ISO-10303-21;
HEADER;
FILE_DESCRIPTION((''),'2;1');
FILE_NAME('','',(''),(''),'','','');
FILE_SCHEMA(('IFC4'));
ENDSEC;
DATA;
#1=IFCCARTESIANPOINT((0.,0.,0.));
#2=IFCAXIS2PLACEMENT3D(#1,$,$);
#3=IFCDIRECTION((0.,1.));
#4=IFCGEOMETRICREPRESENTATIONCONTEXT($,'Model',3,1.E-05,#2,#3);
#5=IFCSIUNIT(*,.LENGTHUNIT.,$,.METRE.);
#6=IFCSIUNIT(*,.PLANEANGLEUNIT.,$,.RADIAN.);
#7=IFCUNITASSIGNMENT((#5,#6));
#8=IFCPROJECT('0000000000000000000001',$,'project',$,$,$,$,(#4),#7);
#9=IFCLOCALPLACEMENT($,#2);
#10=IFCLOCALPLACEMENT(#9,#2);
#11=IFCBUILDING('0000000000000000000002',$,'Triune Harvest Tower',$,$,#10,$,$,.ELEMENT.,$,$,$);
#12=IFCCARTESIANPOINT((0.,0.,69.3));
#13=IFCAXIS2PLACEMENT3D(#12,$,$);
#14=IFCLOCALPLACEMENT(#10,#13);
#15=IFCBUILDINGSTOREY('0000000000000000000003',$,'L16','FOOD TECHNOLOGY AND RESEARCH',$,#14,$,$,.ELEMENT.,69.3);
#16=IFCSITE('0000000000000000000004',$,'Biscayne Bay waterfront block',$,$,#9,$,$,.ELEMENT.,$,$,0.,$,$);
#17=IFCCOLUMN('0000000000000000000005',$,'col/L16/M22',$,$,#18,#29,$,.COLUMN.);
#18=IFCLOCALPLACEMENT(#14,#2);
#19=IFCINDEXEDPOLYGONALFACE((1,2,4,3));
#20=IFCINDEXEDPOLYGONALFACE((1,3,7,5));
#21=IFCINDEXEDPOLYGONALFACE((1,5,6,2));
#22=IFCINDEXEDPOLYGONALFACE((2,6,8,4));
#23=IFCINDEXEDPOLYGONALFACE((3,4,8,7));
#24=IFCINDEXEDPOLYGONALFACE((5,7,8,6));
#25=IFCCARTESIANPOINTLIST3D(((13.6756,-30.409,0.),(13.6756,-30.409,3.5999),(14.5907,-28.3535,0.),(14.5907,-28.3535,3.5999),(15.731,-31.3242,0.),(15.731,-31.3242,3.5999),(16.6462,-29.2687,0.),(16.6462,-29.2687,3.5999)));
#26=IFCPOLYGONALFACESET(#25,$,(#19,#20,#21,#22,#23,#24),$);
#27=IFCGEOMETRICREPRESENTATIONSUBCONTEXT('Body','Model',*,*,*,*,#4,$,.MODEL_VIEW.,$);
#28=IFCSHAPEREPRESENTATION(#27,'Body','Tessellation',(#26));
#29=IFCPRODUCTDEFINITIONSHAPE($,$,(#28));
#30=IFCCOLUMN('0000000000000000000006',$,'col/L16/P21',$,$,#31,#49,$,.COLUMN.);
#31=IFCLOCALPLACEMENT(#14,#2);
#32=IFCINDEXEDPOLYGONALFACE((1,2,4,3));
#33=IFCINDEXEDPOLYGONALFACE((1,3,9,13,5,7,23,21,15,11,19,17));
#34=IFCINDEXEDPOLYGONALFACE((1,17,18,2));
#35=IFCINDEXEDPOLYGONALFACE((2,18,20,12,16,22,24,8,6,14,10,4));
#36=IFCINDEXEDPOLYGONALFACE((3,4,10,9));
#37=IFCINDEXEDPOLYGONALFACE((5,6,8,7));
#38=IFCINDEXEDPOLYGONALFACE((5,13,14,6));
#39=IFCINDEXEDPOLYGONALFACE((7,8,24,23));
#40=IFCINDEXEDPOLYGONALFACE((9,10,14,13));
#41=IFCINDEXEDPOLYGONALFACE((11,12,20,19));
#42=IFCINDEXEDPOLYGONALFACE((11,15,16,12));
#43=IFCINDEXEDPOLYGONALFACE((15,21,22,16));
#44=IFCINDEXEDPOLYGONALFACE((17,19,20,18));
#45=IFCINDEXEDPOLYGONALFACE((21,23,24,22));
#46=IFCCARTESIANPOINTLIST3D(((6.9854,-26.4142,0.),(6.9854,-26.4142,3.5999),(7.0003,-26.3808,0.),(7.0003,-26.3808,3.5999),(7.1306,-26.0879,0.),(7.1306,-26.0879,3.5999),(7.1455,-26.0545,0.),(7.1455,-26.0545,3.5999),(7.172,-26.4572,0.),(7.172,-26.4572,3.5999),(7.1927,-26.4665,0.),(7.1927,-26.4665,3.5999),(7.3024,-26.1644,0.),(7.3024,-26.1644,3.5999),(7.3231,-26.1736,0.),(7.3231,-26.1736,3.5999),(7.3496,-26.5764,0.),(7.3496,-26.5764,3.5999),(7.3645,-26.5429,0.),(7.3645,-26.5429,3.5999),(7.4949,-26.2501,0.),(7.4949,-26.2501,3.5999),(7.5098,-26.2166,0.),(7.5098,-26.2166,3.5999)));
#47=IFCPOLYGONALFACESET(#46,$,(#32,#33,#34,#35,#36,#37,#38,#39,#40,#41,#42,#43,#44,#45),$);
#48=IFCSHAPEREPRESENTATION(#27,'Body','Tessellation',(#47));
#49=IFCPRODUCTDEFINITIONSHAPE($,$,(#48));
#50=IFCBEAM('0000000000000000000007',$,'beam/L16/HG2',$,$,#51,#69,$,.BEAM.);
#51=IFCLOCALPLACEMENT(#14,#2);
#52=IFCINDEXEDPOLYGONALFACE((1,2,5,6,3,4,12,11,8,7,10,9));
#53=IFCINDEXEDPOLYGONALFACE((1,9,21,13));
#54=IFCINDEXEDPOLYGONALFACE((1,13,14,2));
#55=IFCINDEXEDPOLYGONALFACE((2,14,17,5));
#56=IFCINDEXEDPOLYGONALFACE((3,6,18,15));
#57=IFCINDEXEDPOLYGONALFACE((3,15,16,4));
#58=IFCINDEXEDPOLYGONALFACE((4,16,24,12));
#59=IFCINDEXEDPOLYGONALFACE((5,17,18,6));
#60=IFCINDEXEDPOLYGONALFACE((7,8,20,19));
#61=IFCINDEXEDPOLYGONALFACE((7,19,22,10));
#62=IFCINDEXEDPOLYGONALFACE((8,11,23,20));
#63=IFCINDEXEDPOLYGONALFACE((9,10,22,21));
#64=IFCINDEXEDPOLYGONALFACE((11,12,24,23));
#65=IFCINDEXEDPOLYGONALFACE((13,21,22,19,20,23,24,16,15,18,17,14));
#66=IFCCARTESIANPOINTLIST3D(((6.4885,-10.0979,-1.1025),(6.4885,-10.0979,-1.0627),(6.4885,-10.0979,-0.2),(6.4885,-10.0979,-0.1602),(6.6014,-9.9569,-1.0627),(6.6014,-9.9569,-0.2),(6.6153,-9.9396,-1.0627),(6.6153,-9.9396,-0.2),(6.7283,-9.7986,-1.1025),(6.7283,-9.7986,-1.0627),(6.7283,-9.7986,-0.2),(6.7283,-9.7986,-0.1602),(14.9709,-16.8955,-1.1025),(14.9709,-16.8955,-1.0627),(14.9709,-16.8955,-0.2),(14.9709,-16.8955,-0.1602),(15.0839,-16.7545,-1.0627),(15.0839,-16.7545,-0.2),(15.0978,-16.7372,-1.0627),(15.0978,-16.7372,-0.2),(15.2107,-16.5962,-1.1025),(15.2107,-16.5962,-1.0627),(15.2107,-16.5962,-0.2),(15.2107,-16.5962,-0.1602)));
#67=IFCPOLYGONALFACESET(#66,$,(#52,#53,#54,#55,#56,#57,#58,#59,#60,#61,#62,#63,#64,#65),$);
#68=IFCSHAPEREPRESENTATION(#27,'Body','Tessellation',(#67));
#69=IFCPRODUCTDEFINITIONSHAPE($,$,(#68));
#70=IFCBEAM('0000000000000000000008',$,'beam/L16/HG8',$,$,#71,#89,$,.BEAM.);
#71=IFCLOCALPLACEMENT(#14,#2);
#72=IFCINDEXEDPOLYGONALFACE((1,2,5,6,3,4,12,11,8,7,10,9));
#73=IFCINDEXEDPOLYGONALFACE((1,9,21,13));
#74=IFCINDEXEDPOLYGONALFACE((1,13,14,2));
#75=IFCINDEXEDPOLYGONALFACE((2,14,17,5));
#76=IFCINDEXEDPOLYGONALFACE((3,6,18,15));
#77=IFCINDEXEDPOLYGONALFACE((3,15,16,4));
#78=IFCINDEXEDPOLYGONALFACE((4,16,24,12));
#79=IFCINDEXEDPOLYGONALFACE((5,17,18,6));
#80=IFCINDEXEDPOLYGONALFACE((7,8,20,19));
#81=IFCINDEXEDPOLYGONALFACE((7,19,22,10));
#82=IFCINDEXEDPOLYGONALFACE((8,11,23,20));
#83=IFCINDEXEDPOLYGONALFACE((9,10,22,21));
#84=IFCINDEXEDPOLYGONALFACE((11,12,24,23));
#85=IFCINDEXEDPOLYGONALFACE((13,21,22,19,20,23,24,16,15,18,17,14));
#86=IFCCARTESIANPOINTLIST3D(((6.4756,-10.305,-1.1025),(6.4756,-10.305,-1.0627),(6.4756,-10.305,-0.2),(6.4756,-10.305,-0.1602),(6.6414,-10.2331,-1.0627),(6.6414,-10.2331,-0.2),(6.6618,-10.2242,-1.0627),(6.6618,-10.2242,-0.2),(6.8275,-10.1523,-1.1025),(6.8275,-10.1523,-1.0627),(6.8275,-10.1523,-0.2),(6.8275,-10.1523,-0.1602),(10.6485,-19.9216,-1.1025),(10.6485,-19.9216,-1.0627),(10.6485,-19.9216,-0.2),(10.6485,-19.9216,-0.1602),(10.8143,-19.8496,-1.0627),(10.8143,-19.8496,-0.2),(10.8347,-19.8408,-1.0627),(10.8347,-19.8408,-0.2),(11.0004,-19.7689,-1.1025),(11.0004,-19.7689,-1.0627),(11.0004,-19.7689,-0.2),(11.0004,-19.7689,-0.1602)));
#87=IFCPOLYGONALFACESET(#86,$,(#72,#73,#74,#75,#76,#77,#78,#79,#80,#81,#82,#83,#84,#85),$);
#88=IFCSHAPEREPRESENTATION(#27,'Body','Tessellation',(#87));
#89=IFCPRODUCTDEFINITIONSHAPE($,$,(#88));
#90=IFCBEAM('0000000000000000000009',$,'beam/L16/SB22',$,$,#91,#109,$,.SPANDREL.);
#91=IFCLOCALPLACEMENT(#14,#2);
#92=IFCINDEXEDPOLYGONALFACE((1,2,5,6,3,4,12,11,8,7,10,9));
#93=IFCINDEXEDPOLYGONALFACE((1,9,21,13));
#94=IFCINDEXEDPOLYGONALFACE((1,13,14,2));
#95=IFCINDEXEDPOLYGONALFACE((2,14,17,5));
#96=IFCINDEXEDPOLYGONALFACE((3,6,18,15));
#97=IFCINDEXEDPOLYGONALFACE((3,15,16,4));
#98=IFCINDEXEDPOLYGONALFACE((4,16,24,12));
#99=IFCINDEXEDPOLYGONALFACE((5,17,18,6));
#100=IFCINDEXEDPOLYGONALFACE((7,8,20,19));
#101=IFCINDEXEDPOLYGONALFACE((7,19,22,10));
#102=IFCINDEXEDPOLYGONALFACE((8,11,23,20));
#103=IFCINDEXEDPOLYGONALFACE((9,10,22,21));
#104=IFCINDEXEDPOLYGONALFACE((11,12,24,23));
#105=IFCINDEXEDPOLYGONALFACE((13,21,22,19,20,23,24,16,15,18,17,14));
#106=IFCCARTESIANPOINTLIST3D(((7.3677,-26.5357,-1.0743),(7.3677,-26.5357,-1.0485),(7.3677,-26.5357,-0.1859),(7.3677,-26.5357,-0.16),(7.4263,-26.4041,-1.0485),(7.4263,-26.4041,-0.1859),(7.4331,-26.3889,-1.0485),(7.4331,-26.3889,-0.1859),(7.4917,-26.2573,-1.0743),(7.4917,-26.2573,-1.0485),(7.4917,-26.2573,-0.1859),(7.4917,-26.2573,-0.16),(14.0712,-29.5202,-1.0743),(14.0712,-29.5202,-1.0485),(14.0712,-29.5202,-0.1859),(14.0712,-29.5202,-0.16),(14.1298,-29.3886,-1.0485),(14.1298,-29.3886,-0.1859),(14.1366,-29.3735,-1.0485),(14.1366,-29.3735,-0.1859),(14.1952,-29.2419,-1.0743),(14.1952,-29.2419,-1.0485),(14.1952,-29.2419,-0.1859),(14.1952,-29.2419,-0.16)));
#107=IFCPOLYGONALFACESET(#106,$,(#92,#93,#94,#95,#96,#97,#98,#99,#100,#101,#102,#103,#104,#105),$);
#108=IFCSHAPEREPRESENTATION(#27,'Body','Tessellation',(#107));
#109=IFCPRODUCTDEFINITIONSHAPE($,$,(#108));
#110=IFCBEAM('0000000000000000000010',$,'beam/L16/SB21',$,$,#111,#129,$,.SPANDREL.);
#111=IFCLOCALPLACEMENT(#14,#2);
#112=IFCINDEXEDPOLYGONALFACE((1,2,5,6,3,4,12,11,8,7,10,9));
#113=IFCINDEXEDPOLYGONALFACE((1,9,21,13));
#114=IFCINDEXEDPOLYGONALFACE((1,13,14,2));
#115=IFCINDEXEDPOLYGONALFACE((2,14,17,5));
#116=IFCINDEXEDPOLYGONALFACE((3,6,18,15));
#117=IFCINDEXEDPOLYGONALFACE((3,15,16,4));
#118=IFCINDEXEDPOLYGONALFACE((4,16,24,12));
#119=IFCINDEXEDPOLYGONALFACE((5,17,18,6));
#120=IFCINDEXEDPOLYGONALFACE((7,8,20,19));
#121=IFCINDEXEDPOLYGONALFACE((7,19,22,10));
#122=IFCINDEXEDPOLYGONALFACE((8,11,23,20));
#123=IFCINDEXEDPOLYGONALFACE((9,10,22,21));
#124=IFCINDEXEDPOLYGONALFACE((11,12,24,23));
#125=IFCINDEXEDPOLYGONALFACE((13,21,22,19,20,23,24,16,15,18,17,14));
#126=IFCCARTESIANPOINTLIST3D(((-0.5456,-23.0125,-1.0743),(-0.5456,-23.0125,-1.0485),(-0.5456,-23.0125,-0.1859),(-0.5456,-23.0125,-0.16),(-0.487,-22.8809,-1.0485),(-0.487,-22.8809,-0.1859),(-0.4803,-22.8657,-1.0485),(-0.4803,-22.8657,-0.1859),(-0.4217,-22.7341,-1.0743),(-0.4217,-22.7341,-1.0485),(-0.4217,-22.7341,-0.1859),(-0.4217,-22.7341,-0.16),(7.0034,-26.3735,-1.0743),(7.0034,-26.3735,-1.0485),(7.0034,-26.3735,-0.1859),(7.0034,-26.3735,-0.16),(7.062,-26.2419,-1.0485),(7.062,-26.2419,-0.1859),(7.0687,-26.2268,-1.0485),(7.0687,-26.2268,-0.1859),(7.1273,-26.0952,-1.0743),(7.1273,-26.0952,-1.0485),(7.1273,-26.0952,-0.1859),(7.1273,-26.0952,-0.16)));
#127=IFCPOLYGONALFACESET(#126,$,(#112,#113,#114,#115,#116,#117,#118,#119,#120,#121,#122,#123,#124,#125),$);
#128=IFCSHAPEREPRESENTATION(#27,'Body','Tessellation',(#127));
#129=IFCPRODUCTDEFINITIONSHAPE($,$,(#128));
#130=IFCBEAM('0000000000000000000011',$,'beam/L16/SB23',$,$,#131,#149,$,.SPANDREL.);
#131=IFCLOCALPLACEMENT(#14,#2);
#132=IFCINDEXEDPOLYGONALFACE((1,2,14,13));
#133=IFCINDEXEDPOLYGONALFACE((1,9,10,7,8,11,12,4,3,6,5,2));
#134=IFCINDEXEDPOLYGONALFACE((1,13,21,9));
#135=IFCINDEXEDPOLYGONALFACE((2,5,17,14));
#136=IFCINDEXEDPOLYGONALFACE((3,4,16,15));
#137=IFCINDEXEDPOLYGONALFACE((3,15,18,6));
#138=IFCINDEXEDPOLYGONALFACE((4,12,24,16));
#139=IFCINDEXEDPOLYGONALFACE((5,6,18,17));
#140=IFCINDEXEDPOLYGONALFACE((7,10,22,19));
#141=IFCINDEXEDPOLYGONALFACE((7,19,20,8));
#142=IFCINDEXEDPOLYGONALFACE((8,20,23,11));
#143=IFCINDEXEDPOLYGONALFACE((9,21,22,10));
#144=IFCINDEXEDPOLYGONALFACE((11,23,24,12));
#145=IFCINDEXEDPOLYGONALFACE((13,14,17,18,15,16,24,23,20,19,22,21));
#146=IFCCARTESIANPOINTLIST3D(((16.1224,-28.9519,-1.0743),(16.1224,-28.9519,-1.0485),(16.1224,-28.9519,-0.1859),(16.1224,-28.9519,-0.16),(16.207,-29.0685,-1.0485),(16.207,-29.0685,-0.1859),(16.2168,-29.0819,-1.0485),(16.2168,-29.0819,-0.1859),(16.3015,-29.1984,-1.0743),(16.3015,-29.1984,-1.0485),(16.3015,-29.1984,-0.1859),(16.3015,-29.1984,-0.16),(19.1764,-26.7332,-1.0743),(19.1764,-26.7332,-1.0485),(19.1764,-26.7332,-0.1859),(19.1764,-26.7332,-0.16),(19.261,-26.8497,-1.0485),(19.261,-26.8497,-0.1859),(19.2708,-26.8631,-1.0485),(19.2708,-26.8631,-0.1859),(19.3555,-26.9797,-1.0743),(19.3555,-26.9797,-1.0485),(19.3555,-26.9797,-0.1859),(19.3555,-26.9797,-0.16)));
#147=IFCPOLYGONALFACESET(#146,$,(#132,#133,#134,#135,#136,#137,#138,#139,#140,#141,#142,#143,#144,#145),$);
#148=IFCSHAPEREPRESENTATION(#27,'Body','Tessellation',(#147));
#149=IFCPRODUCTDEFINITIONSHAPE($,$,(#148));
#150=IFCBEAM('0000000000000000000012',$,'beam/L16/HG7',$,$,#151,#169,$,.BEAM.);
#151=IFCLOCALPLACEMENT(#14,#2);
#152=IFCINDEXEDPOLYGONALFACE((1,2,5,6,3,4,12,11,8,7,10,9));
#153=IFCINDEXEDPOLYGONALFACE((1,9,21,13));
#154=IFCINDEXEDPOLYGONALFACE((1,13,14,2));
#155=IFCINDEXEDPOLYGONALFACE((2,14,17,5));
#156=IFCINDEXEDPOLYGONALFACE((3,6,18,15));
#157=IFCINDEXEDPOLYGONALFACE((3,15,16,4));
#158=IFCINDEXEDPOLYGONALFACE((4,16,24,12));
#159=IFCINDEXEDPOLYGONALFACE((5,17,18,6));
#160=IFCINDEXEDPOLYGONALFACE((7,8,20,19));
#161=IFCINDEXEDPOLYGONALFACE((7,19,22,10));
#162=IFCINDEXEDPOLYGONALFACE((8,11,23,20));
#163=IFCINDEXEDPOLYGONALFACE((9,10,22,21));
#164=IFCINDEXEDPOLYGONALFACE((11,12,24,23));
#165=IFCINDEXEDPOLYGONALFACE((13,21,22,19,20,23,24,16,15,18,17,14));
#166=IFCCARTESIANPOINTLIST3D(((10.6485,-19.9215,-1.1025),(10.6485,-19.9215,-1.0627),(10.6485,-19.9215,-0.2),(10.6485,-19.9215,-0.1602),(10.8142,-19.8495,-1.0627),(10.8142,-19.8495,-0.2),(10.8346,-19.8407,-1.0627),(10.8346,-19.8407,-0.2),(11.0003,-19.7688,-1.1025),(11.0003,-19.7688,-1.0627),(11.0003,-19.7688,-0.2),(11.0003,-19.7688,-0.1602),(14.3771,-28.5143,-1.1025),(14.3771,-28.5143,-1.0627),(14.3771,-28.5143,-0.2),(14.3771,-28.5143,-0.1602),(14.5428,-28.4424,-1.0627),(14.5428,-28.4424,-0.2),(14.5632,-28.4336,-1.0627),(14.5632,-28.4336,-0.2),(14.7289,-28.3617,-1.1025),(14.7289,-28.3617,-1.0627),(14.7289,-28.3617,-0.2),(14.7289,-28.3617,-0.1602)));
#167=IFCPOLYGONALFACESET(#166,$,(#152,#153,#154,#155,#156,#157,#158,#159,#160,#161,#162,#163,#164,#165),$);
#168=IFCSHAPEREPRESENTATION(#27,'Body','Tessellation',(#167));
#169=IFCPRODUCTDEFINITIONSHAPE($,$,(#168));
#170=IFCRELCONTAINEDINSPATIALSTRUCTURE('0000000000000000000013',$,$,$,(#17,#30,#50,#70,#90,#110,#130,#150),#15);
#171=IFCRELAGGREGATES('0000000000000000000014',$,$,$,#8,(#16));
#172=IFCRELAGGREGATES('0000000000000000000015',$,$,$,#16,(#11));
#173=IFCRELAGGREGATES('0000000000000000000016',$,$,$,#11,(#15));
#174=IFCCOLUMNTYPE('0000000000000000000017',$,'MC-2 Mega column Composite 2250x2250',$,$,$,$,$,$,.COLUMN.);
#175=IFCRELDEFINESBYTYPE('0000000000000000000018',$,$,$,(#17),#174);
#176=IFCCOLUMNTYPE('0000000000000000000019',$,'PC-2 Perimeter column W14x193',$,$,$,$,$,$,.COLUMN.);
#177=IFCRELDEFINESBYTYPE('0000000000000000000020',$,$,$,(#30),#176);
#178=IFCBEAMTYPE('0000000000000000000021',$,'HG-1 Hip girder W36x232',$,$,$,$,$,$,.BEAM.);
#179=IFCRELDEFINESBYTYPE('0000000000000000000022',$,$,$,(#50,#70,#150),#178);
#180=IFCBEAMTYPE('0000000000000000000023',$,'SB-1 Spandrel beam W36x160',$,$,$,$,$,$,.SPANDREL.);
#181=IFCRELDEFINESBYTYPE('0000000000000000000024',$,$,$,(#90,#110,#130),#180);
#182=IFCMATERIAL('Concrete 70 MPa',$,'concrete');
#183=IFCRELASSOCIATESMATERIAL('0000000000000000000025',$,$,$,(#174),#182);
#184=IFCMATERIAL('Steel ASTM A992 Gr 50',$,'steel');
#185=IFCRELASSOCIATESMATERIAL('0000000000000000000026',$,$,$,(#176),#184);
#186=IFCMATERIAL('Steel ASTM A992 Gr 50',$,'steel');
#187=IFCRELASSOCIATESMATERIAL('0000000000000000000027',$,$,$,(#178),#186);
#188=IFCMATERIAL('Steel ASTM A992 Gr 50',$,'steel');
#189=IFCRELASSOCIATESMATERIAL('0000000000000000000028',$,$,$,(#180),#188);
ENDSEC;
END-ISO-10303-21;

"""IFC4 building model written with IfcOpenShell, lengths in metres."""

from ifc_helpers import new_model, si_unit, direction, frame, origin, origin_2d, place, context, subcontext, project, spatial, rectangle, i_section, extrude, source, transform, mapped, material, material_profile, profile_set, type_object, element, save


model = new_model("IFC4")

# Units and contexts
model_context = context("Model", 3, precision=1e-05, world=origin(), true_north=direction((0.0, 1.0)))
body_context = subcontext(model_context, "Body", "Model", "MODEL_VIEW")
ifc_project = project(units=[si_unit("LENGTHUNIT", "METRE"), si_unit("PLANEANGLEUNIT", "RADIAN")], contexts=[model_context])

# Site, building, storey
site_placement = place(None, origin())
site = spatial("IfcSite", under=ifc_project, at=site_placement, Name="Biscayne Bay waterfront block", CompositionType="ELEMENT", RefElevation=0.0)
building_placement = place(site_placement, origin())
building = spatial("IfcBuilding", under=site, at=building_placement, Name="Triune Harvest Tower", CompositionType="ELEMENT")
storey_placement = place(building_placement, frame((0.0, 0.0, 69.3)))
storey = spatial("IfcBuildingStorey", under=building, at=storey_placement, Name="L16", Description="FOOD TECHNOLOGY AND RESEARCH", CompositionType="ELEMENT", Elevation=69.3)

# Columns
ifc_material_1 = material(Name="Concrete 70 MPa", Category="concrete")
ifc_material_profile_1 = material_profile(ifc_material_1, rectangle(XDim=2.25, YDim=2.25, at=origin_2d()), Name="Composite 2250x2250")
ifc_profile_set_1 = profile_set([ifc_material_profile_1], Name="Concrete 70 MPa")
column_type_1 = type_object("IfcColumnType", Name="MC-2 Mega column Composite 2250x2250", PredefinedType="COLUMN", material=ifc_profile_set_1)
shared_shape_1 = source(origin(), body_context, "Body", "SweptSolid", [
    extrude(rectangle(XDim=2.25, YDim=2.25, at=origin_2d()), origin(), (0.0, 0.0, 1.0), 3.5999),
])
column_1_placement = place(storey_placement, frame((15.1609, -29.8389, 0.0), z_axis=(0.0, 0.0, 1.0), x_axis=(0.913545, -0.406737, 0.0)))
element("IfcColumn", 1, at=column_1_placement, inside=storey, type_object=column_type_1, Name="col/L16/M22", PredefinedType="COLUMN", context=body_context, shape_type="MappedRepresentation", body=[
    mapped(shared_shape_1, transform((0.0, 0.0, 0.0), scale=1.0)),
])
ifc_material_2 = material(Name="Steel ASTM A992 Gr 50", Category="steel")
ifc_material_profile_2 = material_profile(ifc_material_2, i_section(OverallWidth=0.3987, OverallDepth=0.3938, WebThickness=0.0227, FlangeThickness=0.0366, at=origin_2d()), Name="W14x193")
ifc_profile_set_2 = profile_set([ifc_material_profile_2], Name="Steel ASTM A992 Gr 50")
column_type_2 = type_object("IfcColumnType", Name="PC-2 Perimeter column W14x193", PredefinedType="COLUMN", material=ifc_profile_set_2)
shared_shape_2 = source(origin(), body_context, "Body", "SweptSolid", [
    extrude(i_section(OverallWidth=0.3987, OverallDepth=0.3938, WebThickness=0.0227, FlangeThickness=0.0366, at=origin_2d()), origin(), (0.0, 0.0, 1.0), 3.5999),
])
column_2_placement = place(storey_placement, frame((7.2476, -26.3154, 0.0), z_axis=(0.0, 0.0, 1.0), x_axis=(0.913545, -0.406737, 0.0)))
element("IfcColumn", 2, at=column_2_placement, inside=storey, type_object=column_type_2, Name="col/L16/P21", PredefinedType="COLUMN", context=body_context, shape_type="MappedRepresentation", body=[
    mapped(shared_shape_2, transform((0.0, 0.0, 0.0), scale=1.0)),
])

# Beams
ifc_material_3 = material(Name="Steel ASTM A992 Gr 50", Category="steel")
ifc_material_profile_3 = material_profile(ifc_material_3, i_section(OverallWidth=0.3835, OverallDepth=0.9424, WebThickness=0.0222, FlangeThickness=0.0398, at=origin_2d()), Name="W36x232")
ifc_profile_set_3 = profile_set([ifc_material_profile_3], Name="Steel ASTM A992 Gr 50")
beam_type_1 = type_object("IfcBeamType", Name="HG-1 Hip girder W36x232", PredefinedType="BEAM", material=ifc_profile_set_3)
shared_shape_3 = source(origin(), body_context, "Body", "SweptSolid", [
    extrude(i_section(OverallWidth=0.3835, OverallDepth=0.9424, WebThickness=0.0222, FlangeThickness=0.0398, at=origin_2d()), origin(), (0.0, 0.0, 1.0), 10.8701),
])
beam_1_placement = place(storey_placement, frame((15.0908, -16.7458, -0.6313), z_axis=(-0.780345, 0.625349, 0.0), x_axis=(-0.625349, -0.780345, 0.0)))
element("IfcBeam", 3, at=beam_1_placement, inside=storey, type_object=beam_type_1, Name="beam/L16/HG2", PredefinedType="BEAM", context=body_context, shape_type="MappedRepresentation", body=[
    mapped(shared_shape_3, transform((0.0, 0.0, 0.0), scale=1.0)),
])
shared_shape_4 = source(origin(), body_context, "Body", "SweptSolid", [
    extrude(i_section(OverallWidth=0.3835, OverallDepth=0.9424, WebThickness=0.0222, FlangeThickness=0.0398, at=origin_2d()), origin(), (0.0, 0.0, 1.0), 10.4829),
])
beam_2_placement = place(storey_placement, frame((10.8245, -19.8452, -0.6313), z_axis=(-0.398067, 0.917356, 0.0), x_axis=(-0.917356, -0.398067, 0.0)))
element("IfcBeam", 4, at=beam_2_placement, inside=storey, type_object=beam_type_1, Name="beam/L16/HG8", PredefinedType="BEAM", context=body_context, shape_type="MappedRepresentation", body=[
    mapped(shared_shape_4, transform((0.0, 0.0, 0.0), scale=1.0)),
])
ifc_material_4 = material(Name="Steel ASTM A992 Gr 50", Category="steel")
ifc_material_profile_4 = material_profile(ifc_material_4, i_section(OverallWidth=0.3047, OverallDepth=0.9143, WebThickness=0.0166, FlangeThickness=0.0259, at=origin_2d()), Name="W36x160")
ifc_profile_set_4 = profile_set([ifc_material_profile_4], Name="Steel ASTM A992 Gr 50")
beam_type_2 = type_object("IfcBeamType", Name="SB-1 Spandrel beam W36x160", PredefinedType="SPANDREL", material=ifc_profile_set_4)
shared_shape_5 = source(origin(), body_context, "Body", "SweptSolid", [
    extrude(i_section(OverallWidth=0.3047, OverallDepth=0.9143, WebThickness=0.0166, FlangeThickness=0.0259, at=origin_2d()), origin(), (0.0, 0.0, 1.0), 7.3379),
])
beam_3_placement = place(storey_placement, frame((7.4297, -26.3965, -0.6172), z_axis=(0.913547, -0.406734, 0.0), x_axis=(0.406734, 0.913547, 0.0)))
element("IfcBeam", 5, at=beam_3_placement, inside=storey, type_object=beam_type_2, Name="beam/L16/SB22", PredefinedType="SPANDREL", context=body_context, shape_type="MappedRepresentation", body=[
    mapped(shared_shape_5, transform((0.0, 0.0, 0.0), scale=1.0)),
])
shared_shape_6 = source(origin(), body_context, "Body", "SweptSolid", [
    extrude(i_section(OverallWidth=0.3047, OverallDepth=0.9143, WebThickness=0.0166, FlangeThickness=0.0259, at=origin_2d()), origin(), (0.0, 0.0, 1.0), 8.2634),
])
beam_4_placement = place(storey_placement, frame((-0.4836, -22.8733, -0.6172), z_axis=(0.913545, -0.406739, 0.0), x_axis=(0.406739, 0.913545, 0.0)))
element("IfcBeam", 6, at=beam_4_placement, inside=storey, type_object=beam_type_2, Name="beam/L16/SB21", PredefinedType="SPANDREL", context=body_context, shape_type="MappedRepresentation", body=[
    mapped(shared_shape_6, transform((0.0, 0.0, 0.0), scale=1.0)),
])
shared_shape_7 = source(origin(), body_context, "Body", "SweptSolid", [
    extrude(i_section(OverallWidth=0.3047, OverallDepth=0.9143, WebThickness=0.0166, FlangeThickness=0.0259, at=origin_2d()), origin(), (0.0, 0.0, 1.0), 3.7749),
])
beam_5_placement = place(storey_placement, frame((16.2119, -29.0752, -0.6172), z_axis=(0.809027, 0.587772, 0.0), x_axis=(-0.587772, 0.809027, 0.0)))
element("IfcBeam", 7, at=beam_5_placement, inside=storey, type_object=beam_type_2, Name="beam/L16/SB23", PredefinedType="SPANDREL", context=body_context, shape_type="MappedRepresentation", body=[
    mapped(shared_shape_7, transform((0.0, 0.0, 0.0), scale=1.0)),
])
shared_shape_8 = source(origin(), body_context, "Body", "SweptSolid", [
    extrude(i_section(OverallWidth=0.3835, OverallDepth=0.9424, WebThickness=0.0222, FlangeThickness=0.0398, at=origin_2d()), origin(), (0.0, 0.0, 1.0), 9.3669),
])
beam_6_placement = place(storey_placement, frame((14.553, -28.438, -0.6313), z_axis=(-0.398055, 0.917362, 0.0), x_axis=(-0.917362, -0.398055, 0.0)))
element("IfcBeam", 8, at=beam_6_placement, inside=storey, type_object=beam_type_1, Name="beam/L16/HG7", PredefinedType="BEAM", context=body_context, shape_type="MappedRepresentation", body=[
    mapped(shared_shape_8, transform((0.0, 0.0, 0.0), scale=1.0)),
])

save(model, "model.ifc")
